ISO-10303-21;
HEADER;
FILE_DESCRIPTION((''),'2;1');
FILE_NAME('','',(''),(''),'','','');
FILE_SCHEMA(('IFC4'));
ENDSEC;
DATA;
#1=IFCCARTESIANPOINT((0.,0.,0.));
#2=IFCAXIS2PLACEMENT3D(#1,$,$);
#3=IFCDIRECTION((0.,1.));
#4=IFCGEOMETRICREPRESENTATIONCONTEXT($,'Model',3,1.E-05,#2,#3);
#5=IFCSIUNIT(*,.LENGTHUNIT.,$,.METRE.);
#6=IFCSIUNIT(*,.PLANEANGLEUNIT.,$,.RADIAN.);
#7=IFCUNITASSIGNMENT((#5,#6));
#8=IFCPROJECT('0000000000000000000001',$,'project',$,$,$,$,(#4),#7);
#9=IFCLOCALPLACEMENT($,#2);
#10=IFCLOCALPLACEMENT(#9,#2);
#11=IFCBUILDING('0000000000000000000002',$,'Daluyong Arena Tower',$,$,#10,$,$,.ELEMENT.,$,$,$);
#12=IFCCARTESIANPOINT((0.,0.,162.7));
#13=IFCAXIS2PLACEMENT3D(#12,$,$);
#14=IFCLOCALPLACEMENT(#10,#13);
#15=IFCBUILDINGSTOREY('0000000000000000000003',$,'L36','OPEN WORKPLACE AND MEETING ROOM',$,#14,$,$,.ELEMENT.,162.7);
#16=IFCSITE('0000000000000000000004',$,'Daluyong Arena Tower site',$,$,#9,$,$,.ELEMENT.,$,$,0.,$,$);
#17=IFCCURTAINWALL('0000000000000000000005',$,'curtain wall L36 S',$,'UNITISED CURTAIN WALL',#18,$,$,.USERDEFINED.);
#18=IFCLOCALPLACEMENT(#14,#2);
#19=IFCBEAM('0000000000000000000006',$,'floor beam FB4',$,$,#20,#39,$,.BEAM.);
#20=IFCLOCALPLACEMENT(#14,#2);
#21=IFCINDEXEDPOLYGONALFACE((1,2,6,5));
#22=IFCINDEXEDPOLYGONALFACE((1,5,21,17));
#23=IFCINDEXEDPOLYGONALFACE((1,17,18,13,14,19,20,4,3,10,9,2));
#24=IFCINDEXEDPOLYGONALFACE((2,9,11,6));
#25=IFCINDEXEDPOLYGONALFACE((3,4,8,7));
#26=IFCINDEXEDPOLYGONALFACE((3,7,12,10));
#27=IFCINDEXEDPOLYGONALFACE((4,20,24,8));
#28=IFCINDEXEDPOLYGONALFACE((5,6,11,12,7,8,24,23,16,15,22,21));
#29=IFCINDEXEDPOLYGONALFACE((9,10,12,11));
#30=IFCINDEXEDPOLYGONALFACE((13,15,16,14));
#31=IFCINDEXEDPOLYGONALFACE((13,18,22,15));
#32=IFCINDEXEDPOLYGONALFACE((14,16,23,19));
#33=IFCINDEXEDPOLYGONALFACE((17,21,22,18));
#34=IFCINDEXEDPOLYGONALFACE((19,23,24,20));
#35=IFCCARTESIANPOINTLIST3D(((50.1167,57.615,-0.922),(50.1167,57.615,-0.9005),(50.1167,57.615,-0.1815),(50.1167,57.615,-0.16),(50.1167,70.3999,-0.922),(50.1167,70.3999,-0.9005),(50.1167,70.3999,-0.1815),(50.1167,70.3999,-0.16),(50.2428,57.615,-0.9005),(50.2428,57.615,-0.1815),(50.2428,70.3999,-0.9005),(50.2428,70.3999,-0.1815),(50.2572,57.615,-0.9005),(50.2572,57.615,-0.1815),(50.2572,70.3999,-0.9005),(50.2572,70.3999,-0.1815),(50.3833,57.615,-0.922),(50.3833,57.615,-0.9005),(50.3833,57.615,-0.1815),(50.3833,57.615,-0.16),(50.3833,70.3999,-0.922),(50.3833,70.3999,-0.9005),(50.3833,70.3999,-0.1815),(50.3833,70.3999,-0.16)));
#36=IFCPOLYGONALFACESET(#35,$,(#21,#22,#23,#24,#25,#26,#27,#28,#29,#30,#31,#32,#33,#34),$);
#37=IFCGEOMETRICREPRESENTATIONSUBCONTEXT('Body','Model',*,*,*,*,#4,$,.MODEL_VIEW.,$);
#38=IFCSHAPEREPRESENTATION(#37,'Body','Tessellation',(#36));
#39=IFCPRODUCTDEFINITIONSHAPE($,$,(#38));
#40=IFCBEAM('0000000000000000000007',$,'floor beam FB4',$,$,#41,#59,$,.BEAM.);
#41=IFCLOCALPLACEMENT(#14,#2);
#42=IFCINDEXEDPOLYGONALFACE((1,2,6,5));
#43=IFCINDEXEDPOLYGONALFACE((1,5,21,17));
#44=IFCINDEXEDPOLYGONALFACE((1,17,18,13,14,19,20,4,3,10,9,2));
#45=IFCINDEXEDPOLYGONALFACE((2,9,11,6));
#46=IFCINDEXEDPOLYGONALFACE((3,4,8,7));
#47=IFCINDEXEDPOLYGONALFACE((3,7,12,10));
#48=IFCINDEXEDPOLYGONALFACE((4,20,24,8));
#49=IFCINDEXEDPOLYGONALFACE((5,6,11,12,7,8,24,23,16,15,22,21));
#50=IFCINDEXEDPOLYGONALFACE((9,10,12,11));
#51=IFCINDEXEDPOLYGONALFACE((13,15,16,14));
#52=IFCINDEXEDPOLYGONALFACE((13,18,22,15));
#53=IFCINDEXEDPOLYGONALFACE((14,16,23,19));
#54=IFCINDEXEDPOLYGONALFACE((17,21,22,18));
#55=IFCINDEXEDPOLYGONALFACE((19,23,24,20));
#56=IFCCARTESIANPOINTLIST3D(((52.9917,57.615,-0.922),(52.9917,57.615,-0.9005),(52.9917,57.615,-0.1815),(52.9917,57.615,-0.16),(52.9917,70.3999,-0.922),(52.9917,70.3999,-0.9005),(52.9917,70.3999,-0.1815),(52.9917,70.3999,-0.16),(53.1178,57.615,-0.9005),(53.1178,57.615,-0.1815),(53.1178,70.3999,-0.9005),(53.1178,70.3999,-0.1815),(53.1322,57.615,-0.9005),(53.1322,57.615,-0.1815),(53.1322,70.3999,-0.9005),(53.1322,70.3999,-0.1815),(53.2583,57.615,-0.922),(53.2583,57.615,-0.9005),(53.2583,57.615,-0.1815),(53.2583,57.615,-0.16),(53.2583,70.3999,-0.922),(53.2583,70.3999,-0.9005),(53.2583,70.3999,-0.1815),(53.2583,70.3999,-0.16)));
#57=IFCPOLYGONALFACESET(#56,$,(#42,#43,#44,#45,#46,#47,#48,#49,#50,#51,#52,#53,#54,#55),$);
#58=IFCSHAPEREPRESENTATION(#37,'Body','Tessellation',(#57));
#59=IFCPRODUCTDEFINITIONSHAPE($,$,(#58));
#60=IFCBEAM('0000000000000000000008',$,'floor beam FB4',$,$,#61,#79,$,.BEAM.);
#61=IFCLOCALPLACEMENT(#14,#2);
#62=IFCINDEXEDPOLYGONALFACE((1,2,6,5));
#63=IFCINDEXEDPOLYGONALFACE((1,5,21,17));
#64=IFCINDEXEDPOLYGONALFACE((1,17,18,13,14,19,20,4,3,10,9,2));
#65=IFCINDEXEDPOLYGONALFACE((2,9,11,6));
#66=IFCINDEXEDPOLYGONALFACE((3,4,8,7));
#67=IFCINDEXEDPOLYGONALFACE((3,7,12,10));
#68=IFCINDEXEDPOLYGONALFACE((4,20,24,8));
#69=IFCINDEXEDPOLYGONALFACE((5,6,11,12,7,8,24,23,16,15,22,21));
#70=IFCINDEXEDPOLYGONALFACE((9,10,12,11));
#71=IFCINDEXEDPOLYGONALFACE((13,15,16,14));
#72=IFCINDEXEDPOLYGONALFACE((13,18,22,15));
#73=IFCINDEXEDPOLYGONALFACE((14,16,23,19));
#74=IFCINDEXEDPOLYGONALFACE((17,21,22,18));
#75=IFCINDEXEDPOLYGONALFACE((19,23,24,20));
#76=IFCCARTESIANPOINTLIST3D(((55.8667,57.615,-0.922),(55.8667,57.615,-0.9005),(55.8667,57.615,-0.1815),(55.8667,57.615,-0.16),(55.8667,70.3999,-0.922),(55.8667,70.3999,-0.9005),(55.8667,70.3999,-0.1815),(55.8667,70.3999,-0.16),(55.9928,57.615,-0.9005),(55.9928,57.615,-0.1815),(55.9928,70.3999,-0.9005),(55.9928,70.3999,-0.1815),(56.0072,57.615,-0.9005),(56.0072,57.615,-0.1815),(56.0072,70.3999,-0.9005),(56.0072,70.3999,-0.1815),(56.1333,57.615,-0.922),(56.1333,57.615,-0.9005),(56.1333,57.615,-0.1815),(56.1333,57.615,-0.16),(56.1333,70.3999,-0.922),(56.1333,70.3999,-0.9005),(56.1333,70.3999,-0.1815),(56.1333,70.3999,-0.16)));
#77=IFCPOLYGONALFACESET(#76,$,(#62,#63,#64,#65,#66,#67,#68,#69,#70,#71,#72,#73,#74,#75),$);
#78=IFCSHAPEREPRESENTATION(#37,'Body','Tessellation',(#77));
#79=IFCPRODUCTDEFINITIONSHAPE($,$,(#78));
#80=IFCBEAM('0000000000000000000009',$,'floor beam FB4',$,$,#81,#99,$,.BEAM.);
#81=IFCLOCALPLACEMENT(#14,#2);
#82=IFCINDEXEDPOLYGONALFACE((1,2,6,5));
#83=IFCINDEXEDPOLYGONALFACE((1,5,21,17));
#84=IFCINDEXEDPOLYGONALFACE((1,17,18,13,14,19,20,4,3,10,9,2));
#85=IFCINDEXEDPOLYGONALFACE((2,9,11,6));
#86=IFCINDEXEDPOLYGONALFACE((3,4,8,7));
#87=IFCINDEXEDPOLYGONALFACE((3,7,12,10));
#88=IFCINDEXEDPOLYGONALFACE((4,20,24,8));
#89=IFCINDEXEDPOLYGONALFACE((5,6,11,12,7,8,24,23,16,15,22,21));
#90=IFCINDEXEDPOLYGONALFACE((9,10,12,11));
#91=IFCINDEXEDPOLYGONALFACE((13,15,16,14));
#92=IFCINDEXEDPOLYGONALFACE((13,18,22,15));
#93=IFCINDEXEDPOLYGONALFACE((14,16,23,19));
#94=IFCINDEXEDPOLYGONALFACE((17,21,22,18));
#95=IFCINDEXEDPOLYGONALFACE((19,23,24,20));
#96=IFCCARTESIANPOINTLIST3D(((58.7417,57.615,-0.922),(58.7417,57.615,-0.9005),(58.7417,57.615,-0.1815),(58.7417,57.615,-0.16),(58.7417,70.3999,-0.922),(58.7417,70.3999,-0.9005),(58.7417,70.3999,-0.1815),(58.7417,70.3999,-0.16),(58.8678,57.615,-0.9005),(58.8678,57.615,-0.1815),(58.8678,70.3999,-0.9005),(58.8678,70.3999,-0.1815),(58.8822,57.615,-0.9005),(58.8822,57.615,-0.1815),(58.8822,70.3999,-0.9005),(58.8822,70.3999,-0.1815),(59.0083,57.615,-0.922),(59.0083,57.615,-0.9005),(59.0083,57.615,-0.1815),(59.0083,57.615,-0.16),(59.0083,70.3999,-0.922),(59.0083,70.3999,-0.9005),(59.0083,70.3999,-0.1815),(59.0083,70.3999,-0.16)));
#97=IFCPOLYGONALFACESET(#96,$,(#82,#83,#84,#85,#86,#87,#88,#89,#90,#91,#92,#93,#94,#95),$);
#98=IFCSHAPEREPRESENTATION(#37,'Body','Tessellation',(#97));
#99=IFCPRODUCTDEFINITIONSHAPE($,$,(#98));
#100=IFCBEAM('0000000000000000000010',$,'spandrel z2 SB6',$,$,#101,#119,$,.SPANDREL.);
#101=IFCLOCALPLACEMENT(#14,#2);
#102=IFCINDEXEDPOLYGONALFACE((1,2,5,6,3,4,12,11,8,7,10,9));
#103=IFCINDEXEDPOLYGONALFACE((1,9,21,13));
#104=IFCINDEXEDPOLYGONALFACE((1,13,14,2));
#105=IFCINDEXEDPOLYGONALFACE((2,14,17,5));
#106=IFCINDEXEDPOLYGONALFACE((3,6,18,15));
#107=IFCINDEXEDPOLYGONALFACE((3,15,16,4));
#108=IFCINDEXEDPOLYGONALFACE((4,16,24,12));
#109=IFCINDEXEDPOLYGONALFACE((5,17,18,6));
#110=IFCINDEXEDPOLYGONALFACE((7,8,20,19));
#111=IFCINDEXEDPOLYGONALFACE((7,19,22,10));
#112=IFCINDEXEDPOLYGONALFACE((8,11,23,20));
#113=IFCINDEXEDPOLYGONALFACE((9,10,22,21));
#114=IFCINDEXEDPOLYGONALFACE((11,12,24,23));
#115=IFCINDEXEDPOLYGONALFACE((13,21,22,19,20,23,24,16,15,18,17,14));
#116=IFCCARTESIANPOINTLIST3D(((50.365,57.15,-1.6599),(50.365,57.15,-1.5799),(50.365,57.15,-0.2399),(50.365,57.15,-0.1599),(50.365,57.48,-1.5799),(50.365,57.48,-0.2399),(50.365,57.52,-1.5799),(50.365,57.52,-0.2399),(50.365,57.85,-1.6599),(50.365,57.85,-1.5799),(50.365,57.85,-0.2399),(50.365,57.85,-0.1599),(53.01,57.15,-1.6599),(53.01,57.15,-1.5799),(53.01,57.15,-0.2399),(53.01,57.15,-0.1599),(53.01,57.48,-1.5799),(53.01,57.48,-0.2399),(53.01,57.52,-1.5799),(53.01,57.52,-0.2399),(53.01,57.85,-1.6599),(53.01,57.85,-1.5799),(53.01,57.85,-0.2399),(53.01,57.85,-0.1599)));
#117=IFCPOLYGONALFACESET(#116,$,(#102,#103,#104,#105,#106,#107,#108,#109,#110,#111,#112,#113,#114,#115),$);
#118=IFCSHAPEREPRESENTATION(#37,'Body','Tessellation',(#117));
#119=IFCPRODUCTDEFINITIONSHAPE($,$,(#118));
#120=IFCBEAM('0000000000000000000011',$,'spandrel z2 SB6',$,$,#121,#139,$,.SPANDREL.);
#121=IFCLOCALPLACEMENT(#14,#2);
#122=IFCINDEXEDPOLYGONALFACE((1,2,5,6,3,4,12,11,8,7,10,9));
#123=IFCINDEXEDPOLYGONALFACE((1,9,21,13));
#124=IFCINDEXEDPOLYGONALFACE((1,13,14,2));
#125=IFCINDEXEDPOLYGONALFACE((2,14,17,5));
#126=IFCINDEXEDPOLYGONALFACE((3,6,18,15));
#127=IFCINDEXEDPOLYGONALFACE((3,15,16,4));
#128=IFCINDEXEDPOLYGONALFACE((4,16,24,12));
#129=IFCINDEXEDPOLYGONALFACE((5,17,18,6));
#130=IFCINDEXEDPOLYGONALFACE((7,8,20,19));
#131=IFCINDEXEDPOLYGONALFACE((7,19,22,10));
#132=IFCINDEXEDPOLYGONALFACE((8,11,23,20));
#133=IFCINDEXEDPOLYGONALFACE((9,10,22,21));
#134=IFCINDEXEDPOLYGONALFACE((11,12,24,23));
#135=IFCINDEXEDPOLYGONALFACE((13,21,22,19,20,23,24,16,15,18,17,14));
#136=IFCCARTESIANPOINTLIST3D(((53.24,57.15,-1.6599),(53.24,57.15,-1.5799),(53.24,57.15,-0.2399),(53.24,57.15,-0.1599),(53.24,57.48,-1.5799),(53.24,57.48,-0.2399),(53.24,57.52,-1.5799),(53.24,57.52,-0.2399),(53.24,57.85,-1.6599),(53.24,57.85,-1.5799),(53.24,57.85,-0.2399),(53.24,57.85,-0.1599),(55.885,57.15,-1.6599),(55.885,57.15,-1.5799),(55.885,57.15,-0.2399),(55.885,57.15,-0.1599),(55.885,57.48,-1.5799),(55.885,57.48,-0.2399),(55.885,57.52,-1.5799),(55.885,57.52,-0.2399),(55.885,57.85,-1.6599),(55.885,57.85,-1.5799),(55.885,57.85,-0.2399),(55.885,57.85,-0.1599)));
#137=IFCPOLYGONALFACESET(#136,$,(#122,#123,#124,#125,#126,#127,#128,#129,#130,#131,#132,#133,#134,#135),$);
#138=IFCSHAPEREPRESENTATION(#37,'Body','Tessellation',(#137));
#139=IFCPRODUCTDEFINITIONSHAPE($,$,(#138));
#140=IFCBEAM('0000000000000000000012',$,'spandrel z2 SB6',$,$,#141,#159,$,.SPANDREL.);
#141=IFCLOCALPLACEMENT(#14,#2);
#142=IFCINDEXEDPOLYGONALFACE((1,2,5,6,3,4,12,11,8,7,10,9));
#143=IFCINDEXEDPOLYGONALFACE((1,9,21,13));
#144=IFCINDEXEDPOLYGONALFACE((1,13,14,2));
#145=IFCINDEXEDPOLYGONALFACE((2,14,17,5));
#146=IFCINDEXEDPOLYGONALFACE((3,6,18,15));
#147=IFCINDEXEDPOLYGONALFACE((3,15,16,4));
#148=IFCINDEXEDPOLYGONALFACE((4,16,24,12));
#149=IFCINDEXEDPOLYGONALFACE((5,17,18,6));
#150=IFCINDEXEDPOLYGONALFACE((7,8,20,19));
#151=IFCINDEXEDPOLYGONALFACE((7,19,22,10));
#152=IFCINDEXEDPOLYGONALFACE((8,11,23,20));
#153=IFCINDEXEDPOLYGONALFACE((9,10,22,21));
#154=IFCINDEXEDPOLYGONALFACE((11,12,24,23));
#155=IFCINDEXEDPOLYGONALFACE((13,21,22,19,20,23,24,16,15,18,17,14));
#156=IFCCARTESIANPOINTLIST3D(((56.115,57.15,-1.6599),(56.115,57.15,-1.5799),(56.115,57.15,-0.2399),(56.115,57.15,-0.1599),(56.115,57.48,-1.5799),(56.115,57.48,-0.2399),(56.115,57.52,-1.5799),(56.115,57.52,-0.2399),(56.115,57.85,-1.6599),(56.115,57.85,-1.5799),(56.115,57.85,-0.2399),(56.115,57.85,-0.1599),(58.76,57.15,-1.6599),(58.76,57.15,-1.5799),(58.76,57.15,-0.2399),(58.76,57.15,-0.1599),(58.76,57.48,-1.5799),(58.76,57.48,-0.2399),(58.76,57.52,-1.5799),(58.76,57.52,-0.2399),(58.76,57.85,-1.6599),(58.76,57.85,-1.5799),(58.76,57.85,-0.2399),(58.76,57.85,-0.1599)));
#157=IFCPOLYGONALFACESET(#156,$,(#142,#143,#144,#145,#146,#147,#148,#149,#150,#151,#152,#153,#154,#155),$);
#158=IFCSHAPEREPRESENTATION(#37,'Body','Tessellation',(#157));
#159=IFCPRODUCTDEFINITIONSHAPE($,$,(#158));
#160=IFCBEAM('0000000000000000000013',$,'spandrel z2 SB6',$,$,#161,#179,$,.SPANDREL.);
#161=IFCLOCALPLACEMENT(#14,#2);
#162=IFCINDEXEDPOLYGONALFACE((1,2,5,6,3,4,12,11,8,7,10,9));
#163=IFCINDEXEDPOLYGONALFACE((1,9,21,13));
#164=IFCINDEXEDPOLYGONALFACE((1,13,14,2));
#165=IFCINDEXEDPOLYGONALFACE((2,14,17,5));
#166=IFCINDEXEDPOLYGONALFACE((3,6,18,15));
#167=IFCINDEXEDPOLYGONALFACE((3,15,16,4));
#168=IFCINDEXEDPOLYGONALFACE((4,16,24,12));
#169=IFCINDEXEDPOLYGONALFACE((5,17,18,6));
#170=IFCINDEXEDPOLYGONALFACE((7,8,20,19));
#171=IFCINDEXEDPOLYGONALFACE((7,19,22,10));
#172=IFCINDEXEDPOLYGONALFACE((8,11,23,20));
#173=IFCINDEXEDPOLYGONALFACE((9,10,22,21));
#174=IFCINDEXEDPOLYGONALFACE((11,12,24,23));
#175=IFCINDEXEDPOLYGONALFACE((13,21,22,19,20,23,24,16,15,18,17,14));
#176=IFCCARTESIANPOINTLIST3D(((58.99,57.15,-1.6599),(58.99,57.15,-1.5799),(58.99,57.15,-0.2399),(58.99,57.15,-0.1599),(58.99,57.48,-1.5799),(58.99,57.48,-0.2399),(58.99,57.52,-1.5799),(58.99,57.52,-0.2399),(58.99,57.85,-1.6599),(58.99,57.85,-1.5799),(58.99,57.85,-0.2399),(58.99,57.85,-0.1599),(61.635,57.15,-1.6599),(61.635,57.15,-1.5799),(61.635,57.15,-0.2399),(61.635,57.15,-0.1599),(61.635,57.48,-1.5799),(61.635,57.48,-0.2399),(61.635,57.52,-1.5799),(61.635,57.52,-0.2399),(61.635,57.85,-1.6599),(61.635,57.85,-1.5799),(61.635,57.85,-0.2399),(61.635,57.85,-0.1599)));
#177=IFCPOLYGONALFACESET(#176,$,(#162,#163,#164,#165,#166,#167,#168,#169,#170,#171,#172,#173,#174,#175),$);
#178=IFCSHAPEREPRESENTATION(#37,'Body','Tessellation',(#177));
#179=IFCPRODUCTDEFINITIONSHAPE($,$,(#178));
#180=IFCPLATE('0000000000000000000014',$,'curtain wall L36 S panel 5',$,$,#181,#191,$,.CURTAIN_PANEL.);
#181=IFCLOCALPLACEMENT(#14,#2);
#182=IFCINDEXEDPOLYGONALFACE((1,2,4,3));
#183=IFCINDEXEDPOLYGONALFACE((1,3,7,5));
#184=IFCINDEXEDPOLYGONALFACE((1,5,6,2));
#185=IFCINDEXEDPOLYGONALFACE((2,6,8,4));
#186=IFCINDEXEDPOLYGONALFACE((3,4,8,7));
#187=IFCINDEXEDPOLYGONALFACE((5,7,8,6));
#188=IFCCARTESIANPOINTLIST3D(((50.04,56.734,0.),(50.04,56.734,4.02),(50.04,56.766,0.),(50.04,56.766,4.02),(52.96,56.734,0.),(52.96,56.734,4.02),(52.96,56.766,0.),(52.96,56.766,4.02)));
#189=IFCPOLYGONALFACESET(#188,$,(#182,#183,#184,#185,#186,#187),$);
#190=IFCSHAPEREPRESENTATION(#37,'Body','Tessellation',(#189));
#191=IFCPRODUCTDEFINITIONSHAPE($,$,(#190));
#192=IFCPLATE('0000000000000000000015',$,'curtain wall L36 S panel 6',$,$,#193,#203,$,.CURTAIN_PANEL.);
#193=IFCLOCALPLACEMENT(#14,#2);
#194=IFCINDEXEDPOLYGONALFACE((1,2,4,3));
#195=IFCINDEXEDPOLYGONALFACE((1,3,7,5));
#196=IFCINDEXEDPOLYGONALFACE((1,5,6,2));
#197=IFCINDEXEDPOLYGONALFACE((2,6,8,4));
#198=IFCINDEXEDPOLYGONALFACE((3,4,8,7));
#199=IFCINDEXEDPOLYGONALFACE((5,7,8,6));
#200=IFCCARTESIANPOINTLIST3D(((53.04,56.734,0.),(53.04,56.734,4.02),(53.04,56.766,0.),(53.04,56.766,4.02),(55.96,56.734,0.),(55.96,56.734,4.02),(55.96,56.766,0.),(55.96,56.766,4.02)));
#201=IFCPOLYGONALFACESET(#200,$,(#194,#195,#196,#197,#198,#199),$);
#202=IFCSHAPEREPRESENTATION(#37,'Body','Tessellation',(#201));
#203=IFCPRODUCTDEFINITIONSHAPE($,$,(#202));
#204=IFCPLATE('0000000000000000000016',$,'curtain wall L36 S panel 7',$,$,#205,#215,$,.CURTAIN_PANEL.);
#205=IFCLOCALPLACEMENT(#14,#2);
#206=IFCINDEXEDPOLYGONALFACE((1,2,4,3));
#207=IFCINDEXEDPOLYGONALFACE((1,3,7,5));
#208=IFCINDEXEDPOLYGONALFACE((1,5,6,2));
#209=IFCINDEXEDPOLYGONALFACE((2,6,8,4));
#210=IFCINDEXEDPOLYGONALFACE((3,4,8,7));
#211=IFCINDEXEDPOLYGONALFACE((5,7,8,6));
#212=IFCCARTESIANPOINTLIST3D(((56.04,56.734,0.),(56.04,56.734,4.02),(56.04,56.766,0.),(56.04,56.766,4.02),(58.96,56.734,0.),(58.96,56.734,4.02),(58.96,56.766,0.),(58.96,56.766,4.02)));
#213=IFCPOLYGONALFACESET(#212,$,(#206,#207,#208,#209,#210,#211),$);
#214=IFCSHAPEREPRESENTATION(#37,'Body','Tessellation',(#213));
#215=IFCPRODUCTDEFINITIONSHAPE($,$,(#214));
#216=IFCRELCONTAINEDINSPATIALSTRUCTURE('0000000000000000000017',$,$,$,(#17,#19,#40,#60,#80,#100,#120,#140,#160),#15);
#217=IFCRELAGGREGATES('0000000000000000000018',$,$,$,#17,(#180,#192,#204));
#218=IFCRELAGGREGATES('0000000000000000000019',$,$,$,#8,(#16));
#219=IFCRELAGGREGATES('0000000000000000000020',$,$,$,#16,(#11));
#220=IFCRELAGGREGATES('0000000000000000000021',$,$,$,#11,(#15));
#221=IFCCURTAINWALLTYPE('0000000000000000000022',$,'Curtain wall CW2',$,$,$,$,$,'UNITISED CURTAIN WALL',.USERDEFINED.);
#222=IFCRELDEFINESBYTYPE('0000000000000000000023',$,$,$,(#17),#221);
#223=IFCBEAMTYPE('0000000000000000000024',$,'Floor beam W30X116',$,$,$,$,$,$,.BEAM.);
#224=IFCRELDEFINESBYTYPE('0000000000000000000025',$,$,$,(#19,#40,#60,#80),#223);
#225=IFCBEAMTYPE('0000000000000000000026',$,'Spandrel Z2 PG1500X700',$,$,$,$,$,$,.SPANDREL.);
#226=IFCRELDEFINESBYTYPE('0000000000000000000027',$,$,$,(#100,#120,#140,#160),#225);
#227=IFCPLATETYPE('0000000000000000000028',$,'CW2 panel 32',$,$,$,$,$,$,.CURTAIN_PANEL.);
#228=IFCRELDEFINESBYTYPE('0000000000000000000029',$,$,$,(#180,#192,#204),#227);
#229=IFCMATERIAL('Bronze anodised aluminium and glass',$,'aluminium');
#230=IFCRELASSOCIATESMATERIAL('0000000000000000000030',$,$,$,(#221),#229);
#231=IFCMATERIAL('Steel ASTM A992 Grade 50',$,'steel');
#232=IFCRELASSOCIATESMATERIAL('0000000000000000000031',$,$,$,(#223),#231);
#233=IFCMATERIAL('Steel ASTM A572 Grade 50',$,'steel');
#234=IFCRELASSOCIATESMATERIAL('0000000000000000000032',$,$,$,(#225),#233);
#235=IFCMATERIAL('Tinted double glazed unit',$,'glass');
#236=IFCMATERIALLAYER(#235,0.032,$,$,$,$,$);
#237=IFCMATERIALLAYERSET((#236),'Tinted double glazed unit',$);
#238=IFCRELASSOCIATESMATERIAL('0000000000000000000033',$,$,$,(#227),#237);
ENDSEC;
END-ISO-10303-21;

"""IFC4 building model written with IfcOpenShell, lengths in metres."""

from ifc_helpers import new_model, si_unit, direction, frame, origin, origin_2d, place, context, subcontext, project, spatial, rectangle, i_section, extrude, material, layer, layer_set, material_profile, profile_set, type_object, element, aggregate, save


model = new_model("IFC4")

# Units and contexts
model_context = context("Model", 3, precision=1e-05, world=origin(), true_north=direction((0.0, 1.0)))
body_context = subcontext(model_context, "Body", "Model", "MODEL_VIEW")
ifc_project = project(units=[si_unit("LENGTHUNIT", "METRE"), si_unit("PLANEANGLEUNIT", "RADIAN")], contexts=[model_context])

# Site, building, storey
site_placement = place(None, origin())
site = spatial("IfcSite", under=ifc_project, at=site_placement, Name="Daluyong Arena Tower site", CompositionType="ELEMENT", RefElevation=0.0)
building_placement = place(site_placement, origin())
building = spatial("IfcBuilding", under=site, at=building_placement, Name="Daluyong Arena Tower", CompositionType="ELEMENT")
storey_placement = place(building_placement, frame((0.0, 0.0, 162.7)))
storey = spatial("IfcBuildingStorey", under=building, at=storey_placement, Name="L36", Description="OPEN WORKPLACE AND MEETING ROOM", CompositionType="ELEMENT", Elevation=162.7)

# Curtain wall
ifc_material_1 = material(Name="Bronze anodised aluminium and glass", Category="aluminium")
curtain_wall_type = type_object("IfcCurtainWallType", Name="Curtain wall CW2", ElementType="UNITISED CURTAIN WALL", PredefinedType="USERDEFINED", material=ifc_material_1)
curtain_wall_placement = place(storey_placement, origin())
curtain_wall = element("IfcCurtainWall", 1, at=curtain_wall_placement, inside=storey, type_object=curtain_wall_type, Name="curtain wall L36 S", ObjectType="UNITISED CURTAIN WALL", PredefinedType="USERDEFINED")

# Beams
ifc_material_2 = material(Name="Steel ASTM A992 Grade 50", Category="steel")
ifc_material_profile_1 = material_profile(ifc_material_2, i_section(OverallWidth=0.2666, OverallDepth=0.762, WebThickness=0.0144, FlangeThickness=0.0215, at=origin_2d()))
ifc_profile_set_1 = profile_set([ifc_material_profile_1], Name="Steel ASTM A992 Grade 50")
beam_type_1 = type_object("IfcBeamType", Name="Floor beam W30X116", PredefinedType="BEAM", material=ifc_profile_set_1)
for number, where, z_axis, x_axis, name in (
    (2, (50.25, 57.615, -0.541), (0.0, 1.0, 0.0), (-1.0, 0.0, 0.0), "floor beam FB4"),
    (3, (53.125, 57.615, -0.541), (0.0, 1.0, 0.0), (-1.0, 0.0, 0.0), "floor beam FB4"),
    (4, (56.0, 57.615, -0.541), (0.0, 1.0, 0.0), (-1.0, 0.0, 0.0), "floor beam FB4"),
    (5, (58.875, 57.615, -0.541), (0.0, 1.0, 0.0), (-1.0, 0.0, 0.0), "floor beam FB4"),
):
    element("IfcBeam", number, at=place(storey_placement, frame(where, z_axis=z_axis, x_axis=x_axis)), inside=storey, type_object=beam_type_1, Name=name, PredefinedType="BEAM", context=body_context, shape_type="SweptSolid", body=[
        extrude(i_section(OverallWidth=0.2666, OverallDepth=0.762, WebThickness=0.0144, FlangeThickness=0.0215, at=origin_2d()), origin(), (0.0, 0.0, 1.0), 12.7849),
    ])
ifc_material_3 = material(Name="Steel ASTM A572 Grade 50", Category="steel")
ifc_material_profile_2 = material_profile(ifc_material_3, i_section(OverallWidth=0.7, OverallDepth=1.5, WebThickness=0.04, FlangeThickness=0.08, at=origin_2d()))
ifc_profile_set_2 = profile_set([ifc_material_profile_2], Name="Steel ASTM A572 Grade 50")
beam_type_2 = type_object("IfcBeamType", Name="Spandrel Z2 PG1500X700", PredefinedType="SPANDREL", material=ifc_profile_set_2)
for number, where, z_axis, x_axis, name in (
    (6, (50.365, 57.5, -0.9099), (1.0, 0.0, 0.0), (0.0, 1.0, 0.0), "spandrel z2 SB6"),
    (7, (53.24, 57.5, -0.9099), (1.0, 0.0, 0.0), (0.0, 1.0, 0.0), "spandrel z2 SB6"),
    (8, (56.115, 57.5, -0.9099), (1.0, 0.0, 0.0), (0.0, 1.0, 0.0), "spandrel z2 SB6"),
    (9, (58.99, 57.5, -0.9099), (1.0, 0.0, 0.0), (0.0, 1.0, 0.0), "spandrel z2 SB6"),
):
    element("IfcBeam", number, at=place(storey_placement, frame(where, z_axis=z_axis, x_axis=x_axis)), inside=storey, type_object=beam_type_2, Name=name, PredefinedType="SPANDREL", context=body_context, shape_type="SweptSolid", body=[
        extrude(i_section(OverallWidth=0.7, OverallDepth=1.5, WebThickness=0.04, FlangeThickness=0.08, at=origin_2d()), origin(), (0.0, 0.0, 1.0), 2.645),
    ])

# Plates
ifc_material_4 = material(Name="Tinted double glazed unit", Category="glass")
ifc_layer_1 = layer(ifc_material_4, 0.032)
ifc_layer_set_1 = layer_set([ifc_layer_1], Name="Tinted double glazed unit")
plate_type = type_object("IfcPlateType", Name="CW2 panel 32", PredefinedType="CURTAIN_PANEL", material=ifc_layer_set_1)
plate_1_placement = place(storey_placement, frame((51.5, 56.75, 0.0), z_axis=(0.0, 0.0, 1.0), x_axis=(1.0, 0.0, 0.0)))
plate_1 = element("IfcPlate", 10, at=plate_1_placement, type_object=plate_type, Name="curtain wall L36 S panel 5", PredefinedType="CURTAIN_PANEL", context=body_context, shape_type="SweptSolid", body=[
    extrude(rectangle(XDim=2.9199, YDim=0.032, at=origin_2d()), origin(), (0.0, 0.0, 1.0), 4.02),
])
plate_2_placement = place(storey_placement, frame((54.5, 56.75, 0.0), z_axis=(0.0, 0.0, 1.0), x_axis=(1.0, 0.0, 0.0)))
plate_2 = element("IfcPlate", 11, at=plate_2_placement, type_object=plate_type, Name="curtain wall L36 S panel 6", PredefinedType="CURTAIN_PANEL", context=body_context, shape_type="SweptSolid", body=[
    extrude(rectangle(XDim=2.9199, YDim=0.032, at=origin_2d()), origin(), (0.0, 0.0, 1.0), 4.02),
])
plate_3_placement = place(storey_placement, frame((57.5, 56.75, 0.0), z_axis=(0.0, 0.0, 1.0), x_axis=(1.0, 0.0, 0.0)))
plate_3 = element("IfcPlate", 12, at=plate_3_placement, type_object=plate_type, Name="curtain wall L36 S panel 7", PredefinedType="CURTAIN_PANEL", context=body_context, shape_type="SweptSolid", body=[
    extrude(rectangle(XDim=2.9199, YDim=0.032, at=origin_2d()), origin(), (0.0, 0.0, 1.0), 4.02),
])
aggregate(curtain_wall, [plate_1, plate_2, plate_3])

save(model, "model.ifc")
